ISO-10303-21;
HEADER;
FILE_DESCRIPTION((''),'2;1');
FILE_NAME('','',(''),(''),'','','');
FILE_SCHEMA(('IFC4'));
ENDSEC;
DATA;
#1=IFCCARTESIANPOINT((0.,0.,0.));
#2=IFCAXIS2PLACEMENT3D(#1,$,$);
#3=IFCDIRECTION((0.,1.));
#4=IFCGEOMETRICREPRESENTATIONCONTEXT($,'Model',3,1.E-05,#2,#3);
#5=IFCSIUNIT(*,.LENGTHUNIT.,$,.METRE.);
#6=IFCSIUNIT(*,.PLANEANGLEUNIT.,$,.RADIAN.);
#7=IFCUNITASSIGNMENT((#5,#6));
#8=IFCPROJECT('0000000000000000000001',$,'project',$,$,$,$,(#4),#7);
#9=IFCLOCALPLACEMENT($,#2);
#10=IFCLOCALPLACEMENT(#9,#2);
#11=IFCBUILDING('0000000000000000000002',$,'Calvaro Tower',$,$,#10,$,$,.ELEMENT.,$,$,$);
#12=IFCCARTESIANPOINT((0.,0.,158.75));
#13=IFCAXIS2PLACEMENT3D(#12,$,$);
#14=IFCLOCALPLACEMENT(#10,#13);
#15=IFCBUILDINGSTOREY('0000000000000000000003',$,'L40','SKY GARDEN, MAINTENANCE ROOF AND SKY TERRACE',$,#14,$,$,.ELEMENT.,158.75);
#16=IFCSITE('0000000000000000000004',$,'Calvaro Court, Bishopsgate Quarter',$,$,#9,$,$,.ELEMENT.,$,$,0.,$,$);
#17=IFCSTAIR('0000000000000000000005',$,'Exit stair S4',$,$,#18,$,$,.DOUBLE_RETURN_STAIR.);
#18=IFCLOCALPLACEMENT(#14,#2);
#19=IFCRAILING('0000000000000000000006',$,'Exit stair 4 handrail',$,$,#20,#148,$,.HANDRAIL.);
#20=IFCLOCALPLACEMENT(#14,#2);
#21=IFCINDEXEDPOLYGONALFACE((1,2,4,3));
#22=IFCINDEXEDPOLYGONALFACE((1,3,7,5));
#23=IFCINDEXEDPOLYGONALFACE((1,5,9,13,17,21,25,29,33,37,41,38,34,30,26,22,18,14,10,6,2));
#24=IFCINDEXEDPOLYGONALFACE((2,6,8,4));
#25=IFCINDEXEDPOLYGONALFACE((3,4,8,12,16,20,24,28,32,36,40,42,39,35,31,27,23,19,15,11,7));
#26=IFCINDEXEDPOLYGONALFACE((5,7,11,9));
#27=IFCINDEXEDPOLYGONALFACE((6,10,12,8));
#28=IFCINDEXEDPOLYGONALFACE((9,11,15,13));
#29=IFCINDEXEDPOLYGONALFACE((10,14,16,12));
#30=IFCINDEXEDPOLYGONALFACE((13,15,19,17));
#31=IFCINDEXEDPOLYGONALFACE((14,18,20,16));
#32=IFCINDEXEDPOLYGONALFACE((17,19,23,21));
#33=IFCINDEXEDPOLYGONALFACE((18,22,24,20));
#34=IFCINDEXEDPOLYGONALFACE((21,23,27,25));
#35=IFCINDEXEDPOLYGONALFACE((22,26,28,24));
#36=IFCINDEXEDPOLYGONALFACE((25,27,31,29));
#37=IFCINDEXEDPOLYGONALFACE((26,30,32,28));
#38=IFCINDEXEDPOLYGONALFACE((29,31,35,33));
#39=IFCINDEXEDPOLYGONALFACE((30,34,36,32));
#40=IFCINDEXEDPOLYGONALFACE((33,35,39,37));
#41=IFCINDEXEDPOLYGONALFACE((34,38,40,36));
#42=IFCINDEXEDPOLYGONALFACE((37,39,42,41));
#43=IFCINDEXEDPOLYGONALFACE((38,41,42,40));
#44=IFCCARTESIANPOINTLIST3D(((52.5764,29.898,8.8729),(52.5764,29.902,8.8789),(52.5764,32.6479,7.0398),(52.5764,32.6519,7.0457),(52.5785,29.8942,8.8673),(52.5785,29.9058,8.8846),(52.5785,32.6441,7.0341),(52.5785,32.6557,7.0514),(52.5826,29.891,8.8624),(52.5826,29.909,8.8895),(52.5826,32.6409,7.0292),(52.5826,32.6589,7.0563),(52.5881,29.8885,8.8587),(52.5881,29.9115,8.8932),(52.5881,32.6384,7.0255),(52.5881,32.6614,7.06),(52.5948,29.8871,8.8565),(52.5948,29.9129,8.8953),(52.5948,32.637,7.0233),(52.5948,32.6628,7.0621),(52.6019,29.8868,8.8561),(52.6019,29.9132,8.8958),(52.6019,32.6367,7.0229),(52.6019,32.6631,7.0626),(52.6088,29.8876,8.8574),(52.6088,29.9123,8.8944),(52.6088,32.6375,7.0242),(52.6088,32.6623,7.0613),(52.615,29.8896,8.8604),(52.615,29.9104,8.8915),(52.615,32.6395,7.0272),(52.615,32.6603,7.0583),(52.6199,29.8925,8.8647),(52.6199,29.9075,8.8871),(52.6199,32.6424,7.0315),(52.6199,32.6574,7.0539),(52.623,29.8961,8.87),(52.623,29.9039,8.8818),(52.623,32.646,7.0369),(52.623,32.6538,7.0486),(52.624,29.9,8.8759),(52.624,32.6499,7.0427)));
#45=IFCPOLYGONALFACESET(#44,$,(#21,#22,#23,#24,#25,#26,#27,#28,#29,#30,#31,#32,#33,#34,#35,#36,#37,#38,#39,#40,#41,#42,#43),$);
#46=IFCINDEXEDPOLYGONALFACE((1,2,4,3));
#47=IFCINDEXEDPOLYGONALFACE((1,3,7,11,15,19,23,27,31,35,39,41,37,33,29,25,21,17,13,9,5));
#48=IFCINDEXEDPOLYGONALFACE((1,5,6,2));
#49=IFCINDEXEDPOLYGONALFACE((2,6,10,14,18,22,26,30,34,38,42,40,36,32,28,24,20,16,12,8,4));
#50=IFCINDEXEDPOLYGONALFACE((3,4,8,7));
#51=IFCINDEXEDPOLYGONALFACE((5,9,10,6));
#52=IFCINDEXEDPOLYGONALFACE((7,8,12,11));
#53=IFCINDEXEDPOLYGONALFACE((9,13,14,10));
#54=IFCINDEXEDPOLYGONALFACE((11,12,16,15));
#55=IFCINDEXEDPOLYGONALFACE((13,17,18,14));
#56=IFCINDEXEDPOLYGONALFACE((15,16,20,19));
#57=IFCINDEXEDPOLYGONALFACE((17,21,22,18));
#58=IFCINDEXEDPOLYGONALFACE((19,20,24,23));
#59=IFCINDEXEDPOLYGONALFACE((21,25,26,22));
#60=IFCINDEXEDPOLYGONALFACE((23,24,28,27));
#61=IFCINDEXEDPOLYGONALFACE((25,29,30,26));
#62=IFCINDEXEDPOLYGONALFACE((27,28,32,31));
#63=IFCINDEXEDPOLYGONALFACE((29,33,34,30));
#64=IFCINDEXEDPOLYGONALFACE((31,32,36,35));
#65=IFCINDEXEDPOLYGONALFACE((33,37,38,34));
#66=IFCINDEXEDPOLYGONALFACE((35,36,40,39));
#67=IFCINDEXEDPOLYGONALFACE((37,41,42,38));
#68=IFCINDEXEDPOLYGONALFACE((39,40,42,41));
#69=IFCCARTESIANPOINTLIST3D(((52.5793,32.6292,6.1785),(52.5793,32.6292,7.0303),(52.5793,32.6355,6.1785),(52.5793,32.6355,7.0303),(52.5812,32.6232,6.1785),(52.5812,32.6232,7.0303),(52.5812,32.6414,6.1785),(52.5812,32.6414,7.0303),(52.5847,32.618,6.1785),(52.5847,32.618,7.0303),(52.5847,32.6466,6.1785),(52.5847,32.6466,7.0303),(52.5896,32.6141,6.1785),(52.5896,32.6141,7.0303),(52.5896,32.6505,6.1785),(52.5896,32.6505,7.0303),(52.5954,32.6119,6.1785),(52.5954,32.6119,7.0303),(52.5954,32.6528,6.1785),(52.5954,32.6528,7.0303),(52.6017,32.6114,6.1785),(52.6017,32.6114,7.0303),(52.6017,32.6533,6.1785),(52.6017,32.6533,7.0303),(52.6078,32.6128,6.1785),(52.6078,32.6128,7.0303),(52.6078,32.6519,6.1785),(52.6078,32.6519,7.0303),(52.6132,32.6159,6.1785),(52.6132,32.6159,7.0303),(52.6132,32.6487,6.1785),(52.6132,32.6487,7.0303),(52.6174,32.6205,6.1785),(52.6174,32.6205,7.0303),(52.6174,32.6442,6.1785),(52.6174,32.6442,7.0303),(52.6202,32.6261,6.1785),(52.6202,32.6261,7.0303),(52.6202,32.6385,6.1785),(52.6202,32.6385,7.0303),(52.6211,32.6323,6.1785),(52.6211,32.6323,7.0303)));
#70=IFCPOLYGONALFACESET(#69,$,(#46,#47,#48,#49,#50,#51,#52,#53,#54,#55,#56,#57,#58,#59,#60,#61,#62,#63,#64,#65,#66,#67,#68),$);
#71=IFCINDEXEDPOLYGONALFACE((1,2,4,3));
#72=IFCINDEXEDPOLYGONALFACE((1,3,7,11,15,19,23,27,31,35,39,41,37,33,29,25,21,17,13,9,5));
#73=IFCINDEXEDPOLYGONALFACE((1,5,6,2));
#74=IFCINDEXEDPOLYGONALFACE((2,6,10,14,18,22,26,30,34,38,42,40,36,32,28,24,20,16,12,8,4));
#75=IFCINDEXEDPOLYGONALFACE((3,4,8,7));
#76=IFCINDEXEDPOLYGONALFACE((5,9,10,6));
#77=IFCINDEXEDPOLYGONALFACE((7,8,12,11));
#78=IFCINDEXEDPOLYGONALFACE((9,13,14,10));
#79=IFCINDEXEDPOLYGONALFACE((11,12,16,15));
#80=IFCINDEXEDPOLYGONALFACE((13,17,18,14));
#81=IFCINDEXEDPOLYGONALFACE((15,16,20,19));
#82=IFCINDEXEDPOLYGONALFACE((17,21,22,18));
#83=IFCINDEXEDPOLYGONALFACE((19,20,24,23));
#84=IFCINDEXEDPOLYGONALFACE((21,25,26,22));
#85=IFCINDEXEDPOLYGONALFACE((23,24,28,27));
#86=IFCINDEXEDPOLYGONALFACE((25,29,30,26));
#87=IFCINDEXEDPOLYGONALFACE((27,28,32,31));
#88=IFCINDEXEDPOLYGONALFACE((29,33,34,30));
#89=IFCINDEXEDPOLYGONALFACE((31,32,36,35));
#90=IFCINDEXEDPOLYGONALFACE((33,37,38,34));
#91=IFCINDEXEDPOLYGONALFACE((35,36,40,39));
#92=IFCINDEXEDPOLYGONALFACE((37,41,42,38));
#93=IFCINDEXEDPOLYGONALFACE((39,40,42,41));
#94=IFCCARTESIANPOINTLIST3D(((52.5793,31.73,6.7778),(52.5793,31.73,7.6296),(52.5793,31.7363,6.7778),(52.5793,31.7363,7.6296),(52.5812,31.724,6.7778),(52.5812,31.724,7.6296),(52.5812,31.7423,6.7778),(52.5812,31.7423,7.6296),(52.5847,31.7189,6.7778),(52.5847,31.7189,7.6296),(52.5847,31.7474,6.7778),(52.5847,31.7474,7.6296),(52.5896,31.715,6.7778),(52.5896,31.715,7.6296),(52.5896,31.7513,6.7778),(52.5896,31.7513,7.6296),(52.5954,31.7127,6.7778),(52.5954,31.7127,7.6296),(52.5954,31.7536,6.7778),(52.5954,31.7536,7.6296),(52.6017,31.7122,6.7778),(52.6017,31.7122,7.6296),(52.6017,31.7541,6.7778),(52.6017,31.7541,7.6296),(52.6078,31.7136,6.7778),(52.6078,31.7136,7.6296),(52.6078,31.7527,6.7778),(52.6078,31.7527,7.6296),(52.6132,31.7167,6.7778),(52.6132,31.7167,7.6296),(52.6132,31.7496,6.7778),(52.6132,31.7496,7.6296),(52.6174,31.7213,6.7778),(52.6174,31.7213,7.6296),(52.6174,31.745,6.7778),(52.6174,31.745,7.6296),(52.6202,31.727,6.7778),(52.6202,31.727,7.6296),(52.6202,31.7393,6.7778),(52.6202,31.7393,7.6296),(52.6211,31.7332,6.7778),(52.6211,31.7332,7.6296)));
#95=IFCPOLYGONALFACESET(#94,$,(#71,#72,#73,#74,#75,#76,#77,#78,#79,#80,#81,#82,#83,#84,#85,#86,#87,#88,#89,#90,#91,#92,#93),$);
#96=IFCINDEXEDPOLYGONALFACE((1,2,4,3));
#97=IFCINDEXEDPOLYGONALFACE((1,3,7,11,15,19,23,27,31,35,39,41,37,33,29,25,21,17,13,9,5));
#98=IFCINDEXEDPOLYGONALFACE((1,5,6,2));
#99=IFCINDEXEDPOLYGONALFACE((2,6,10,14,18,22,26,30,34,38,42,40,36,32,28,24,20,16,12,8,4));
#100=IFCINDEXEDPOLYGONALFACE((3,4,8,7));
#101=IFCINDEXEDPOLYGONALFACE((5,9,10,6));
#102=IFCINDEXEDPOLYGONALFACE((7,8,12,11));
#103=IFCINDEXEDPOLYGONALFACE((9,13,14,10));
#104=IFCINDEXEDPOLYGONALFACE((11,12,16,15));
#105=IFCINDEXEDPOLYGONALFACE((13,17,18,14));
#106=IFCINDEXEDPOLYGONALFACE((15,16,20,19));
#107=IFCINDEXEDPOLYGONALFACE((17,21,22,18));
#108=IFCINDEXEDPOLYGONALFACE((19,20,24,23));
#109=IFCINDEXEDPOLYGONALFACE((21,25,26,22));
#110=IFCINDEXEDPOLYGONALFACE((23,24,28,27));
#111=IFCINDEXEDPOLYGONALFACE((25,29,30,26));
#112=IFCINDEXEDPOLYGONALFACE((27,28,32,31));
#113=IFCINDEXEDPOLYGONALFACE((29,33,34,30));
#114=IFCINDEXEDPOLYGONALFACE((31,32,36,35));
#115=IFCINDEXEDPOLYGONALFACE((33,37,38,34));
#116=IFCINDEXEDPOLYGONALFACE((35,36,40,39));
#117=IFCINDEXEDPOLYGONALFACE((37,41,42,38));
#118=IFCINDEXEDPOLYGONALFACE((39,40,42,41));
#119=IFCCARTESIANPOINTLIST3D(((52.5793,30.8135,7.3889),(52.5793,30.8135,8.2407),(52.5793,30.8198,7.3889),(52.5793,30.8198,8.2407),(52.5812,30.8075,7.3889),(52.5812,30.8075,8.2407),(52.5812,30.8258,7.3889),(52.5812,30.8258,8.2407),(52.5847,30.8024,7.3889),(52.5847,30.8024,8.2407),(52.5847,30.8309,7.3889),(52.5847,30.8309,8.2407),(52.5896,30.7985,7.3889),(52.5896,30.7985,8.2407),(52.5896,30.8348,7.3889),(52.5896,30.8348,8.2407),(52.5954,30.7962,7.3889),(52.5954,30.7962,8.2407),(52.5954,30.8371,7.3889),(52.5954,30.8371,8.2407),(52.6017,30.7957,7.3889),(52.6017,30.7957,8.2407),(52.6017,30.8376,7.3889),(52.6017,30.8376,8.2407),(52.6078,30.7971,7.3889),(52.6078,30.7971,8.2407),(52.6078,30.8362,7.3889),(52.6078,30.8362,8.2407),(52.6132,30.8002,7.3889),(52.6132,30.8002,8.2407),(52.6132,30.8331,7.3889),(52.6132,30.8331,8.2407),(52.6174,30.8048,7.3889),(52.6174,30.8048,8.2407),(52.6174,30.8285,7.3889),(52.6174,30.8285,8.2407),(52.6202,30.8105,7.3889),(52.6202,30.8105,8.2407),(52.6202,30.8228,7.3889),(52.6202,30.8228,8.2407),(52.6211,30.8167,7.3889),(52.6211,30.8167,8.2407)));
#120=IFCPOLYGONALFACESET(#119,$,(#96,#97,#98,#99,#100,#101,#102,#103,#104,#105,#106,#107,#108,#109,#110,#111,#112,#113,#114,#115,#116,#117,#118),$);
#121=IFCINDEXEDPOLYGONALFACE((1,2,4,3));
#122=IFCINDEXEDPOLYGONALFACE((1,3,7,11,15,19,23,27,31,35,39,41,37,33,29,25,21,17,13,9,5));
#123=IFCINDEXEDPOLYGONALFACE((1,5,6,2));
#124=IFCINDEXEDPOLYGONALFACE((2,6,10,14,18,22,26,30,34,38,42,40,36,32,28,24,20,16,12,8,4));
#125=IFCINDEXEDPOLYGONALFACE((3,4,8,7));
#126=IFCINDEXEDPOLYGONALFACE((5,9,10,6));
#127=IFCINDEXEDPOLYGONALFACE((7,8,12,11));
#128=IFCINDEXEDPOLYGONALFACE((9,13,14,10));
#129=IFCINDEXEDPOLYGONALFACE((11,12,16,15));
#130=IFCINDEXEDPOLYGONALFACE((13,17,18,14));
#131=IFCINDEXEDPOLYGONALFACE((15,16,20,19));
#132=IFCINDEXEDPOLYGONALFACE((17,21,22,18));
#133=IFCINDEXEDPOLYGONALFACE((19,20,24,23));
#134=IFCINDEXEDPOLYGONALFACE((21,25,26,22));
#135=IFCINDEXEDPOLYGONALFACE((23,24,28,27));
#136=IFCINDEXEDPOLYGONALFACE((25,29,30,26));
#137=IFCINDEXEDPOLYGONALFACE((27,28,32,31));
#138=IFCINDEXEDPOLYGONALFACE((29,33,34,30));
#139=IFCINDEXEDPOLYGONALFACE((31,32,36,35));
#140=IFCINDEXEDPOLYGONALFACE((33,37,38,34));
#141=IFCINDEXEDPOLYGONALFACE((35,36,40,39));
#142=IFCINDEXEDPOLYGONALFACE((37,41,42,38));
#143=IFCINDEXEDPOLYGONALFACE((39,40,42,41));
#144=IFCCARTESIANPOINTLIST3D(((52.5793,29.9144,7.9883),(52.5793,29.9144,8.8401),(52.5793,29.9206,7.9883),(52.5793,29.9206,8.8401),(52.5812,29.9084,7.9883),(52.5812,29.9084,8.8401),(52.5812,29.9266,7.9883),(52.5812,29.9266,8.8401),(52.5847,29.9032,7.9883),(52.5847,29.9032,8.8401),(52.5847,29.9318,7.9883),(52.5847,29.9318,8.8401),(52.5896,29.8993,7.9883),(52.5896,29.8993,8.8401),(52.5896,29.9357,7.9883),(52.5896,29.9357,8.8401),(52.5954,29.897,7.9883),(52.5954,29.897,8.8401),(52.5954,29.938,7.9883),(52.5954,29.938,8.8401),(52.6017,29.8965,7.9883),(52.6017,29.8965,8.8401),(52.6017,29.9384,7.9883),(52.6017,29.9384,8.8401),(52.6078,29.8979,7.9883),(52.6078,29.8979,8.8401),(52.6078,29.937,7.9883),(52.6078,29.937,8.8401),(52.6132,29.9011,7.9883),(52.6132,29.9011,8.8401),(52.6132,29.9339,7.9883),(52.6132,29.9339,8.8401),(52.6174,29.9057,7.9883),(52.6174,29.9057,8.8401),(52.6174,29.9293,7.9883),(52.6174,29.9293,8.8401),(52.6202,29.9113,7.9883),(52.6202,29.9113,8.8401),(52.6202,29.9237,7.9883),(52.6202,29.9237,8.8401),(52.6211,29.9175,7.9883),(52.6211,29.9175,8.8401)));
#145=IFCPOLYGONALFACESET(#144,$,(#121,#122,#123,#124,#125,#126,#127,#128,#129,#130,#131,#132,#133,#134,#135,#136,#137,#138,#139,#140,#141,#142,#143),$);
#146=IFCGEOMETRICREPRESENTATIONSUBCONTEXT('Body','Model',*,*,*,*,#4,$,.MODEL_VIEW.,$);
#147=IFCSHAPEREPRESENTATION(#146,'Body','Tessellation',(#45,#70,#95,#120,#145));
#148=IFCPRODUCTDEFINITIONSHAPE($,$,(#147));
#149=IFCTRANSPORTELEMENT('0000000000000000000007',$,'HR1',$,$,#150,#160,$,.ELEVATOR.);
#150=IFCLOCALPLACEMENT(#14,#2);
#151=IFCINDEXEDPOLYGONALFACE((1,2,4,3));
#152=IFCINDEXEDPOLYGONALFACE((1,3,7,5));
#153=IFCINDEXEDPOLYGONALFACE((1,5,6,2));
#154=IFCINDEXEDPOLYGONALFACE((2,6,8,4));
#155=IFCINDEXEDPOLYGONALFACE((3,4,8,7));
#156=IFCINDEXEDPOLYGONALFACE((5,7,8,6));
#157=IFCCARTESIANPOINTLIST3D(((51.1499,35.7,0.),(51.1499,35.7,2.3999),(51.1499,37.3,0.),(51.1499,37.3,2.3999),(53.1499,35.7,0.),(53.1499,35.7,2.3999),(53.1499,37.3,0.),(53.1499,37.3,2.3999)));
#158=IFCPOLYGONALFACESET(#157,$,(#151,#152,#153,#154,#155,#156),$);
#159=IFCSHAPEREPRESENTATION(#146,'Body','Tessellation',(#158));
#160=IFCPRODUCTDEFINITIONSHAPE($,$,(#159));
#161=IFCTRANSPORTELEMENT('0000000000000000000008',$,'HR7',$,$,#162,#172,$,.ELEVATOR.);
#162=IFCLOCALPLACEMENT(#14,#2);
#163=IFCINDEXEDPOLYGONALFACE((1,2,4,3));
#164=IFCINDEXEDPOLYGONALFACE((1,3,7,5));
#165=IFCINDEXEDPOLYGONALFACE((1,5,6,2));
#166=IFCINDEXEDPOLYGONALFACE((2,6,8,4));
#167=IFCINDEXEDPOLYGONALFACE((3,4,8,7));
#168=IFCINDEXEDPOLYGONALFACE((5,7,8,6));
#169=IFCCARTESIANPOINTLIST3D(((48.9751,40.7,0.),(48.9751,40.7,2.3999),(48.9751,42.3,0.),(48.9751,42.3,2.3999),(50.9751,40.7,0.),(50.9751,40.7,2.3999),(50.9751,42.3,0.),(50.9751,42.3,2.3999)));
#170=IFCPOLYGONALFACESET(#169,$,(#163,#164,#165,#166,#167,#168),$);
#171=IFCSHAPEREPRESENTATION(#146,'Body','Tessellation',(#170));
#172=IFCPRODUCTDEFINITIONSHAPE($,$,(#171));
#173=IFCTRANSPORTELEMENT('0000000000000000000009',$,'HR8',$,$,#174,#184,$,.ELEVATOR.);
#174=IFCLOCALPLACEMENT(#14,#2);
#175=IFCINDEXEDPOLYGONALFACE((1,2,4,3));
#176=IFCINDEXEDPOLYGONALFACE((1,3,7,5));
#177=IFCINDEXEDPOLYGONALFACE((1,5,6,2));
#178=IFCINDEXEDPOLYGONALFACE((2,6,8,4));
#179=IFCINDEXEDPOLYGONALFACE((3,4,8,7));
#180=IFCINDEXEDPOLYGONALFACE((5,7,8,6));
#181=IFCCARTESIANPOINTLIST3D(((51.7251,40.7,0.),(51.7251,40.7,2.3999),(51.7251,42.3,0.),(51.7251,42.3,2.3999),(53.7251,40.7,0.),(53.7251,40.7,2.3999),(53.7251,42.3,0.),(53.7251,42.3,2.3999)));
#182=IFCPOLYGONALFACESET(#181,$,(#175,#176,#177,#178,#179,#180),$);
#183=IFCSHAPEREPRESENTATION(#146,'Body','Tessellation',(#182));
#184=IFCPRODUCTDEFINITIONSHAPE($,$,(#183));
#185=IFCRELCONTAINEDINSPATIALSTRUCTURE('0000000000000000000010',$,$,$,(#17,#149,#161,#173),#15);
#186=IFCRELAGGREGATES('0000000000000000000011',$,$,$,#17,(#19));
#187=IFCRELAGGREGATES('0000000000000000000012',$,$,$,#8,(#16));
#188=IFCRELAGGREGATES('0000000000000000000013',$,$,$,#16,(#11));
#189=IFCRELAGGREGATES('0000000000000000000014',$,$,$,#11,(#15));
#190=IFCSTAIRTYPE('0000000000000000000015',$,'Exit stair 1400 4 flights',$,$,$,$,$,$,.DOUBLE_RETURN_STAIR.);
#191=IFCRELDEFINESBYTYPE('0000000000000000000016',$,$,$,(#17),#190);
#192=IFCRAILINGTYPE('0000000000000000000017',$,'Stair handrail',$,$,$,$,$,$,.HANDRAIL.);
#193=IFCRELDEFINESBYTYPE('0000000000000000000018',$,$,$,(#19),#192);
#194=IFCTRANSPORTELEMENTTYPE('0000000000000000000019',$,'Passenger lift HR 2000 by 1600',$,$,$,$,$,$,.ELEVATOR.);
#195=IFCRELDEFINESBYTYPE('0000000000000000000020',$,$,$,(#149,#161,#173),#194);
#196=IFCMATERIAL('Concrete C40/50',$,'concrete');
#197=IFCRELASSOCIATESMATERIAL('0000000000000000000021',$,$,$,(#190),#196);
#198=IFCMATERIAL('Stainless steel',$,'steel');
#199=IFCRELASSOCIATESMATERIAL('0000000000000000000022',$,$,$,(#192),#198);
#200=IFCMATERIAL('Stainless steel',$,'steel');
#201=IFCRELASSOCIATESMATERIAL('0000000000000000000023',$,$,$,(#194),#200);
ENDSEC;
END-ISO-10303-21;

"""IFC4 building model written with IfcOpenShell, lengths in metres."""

from ifc_helpers import new_model, si_unit, direction, frame, origin, origin_2d, place, context, subcontext, project, spatial, rectangle, circle, extrude, material, type_object, element, aggregate, save


model = new_model("IFC4")

# Units and contexts
model_context = context("Model", 3, precision=1e-05, world=origin(), true_north=direction((0.0, 1.0)))
body_context = subcontext(model_context, "Body", "Model", "MODEL_VIEW")
ifc_project = project(units=[si_unit("LENGTHUNIT", "METRE"), si_unit("PLANEANGLEUNIT", "RADIAN")], contexts=[model_context])

# Site, building, storey
site_placement = place(None, origin())
site = spatial("IfcSite", under=ifc_project, at=site_placement, Name="Calvaro Court, Bishopsgate Quarter", CompositionType="ELEMENT", RefElevation=0.0)
building_placement = place(site_placement, origin())
building = spatial("IfcBuilding", under=site, at=building_placement, Name="Calvaro Tower", CompositionType="ELEMENT")
storey_placement = place(building_placement, frame((0.0, 0.0, 158.75)))
storey = spatial("IfcBuildingStorey", under=building, at=storey_placement, Name="L40", Description="SKY GARDEN, MAINTENANCE ROOF AND SKY TERRACE", CompositionType="ELEMENT", Elevation=158.75)

# Stair, railing
ifc_material_1 = material(Name="Concrete C40/50", Category="concrete")
stair_type = type_object("IfcStairType", Name="Exit stair 1400 4 flights", PredefinedType="DOUBLE_RETURN_STAIR", material=ifc_material_1)
stair_placement = place(storey_placement, origin())
stair = element("IfcStair", 1, at=stair_placement, inside=storey, type_object=stair_type, Name="Exit stair S4", PredefinedType="DOUBLE_RETURN_STAIR")
ifc_material_2 = material(Name="Stainless steel", Category="steel")
railing_type = type_object("IfcRailingType", Name="Stair handrail", PredefinedType="HANDRAIL", material=ifc_material_2)
railing_1_placement = place(storey_placement, frame((52.6001, 32.6499, 6.1667)))
railing_1 = element("IfcRailing", 2, at=railing_1_placement, type_object=railing_type, Name="Exit stair 4 handrail", PredefinedType="HANDRAIL", context=body_context, shape_type="SweptSolid", body=[
    extrude(circle(Radius=0.0239, at=origin_2d()), frame((0.0, 0.0, 0.876), z_axis=(0.0, -0.832062, 0.554683), x_axis=(1.0, 0.0, 0.0)), (0.0, 0.0, 1.0), 3.3049),
    extrude(circle(Radius=0.021, at=origin_2d()), frame((0.0, -0.0176, 0.0117)), (0.0, 0.0, 1.0), 0.8518),
    extrude(circle(Radius=0.021, at=origin_2d()), frame((0.0, -0.9167, 0.6111)), (0.0, 0.0, 1.0), 0.8518),
    extrude(circle(Radius=0.021, at=origin_2d()), frame((0.0, -1.8333, 1.2222)), (0.0, 0.0, 1.0), 0.8518),
    extrude(circle(Radius=0.021, at=origin_2d()), frame((0.0, -2.7324, 1.8215)), (0.0, 0.0, 1.0), 0.8518),
])
aggregate(stair, [railing_1])

# Transport elements
ifc_material_3 = material(Name="Stainless steel", Category="steel")
transport_element_type = type_object("IfcTransportElementType", Name="Passenger lift HR 2000 by 1600", PredefinedType="ELEVATOR", material=ifc_material_3)
for number, where, z_axis, x_axis, name in (
    (3, (52.1499, 36.5, 0.0), (0.0, 0.0, 1.0), (1.0, 0.0, 0.0), "HR1"),
    (4, (49.9751, 41.5, 0.0), (0.0, 0.0, 1.0), (1.0, 0.0, 0.0), "HR7"),
    (5, (52.7251, 41.5, 0.0), (0.0, 0.0, 1.0), (1.0, 0.0, 0.0), "HR8"),
):
    element("IfcTransportElement", number, at=place(storey_placement, frame(where, z_axis=z_axis, x_axis=x_axis)), inside=storey, type_object=transport_element_type, Name=name, PredefinedType="ELEVATOR", context=body_context, shape_type="SweptSolid", body=[
        extrude(rectangle(XDim=2.0, YDim=1.6001, at=origin_2d()), origin(), (0.0, 0.0, 1.0), 2.3999),
    ])

save(model, "model.ifc")
